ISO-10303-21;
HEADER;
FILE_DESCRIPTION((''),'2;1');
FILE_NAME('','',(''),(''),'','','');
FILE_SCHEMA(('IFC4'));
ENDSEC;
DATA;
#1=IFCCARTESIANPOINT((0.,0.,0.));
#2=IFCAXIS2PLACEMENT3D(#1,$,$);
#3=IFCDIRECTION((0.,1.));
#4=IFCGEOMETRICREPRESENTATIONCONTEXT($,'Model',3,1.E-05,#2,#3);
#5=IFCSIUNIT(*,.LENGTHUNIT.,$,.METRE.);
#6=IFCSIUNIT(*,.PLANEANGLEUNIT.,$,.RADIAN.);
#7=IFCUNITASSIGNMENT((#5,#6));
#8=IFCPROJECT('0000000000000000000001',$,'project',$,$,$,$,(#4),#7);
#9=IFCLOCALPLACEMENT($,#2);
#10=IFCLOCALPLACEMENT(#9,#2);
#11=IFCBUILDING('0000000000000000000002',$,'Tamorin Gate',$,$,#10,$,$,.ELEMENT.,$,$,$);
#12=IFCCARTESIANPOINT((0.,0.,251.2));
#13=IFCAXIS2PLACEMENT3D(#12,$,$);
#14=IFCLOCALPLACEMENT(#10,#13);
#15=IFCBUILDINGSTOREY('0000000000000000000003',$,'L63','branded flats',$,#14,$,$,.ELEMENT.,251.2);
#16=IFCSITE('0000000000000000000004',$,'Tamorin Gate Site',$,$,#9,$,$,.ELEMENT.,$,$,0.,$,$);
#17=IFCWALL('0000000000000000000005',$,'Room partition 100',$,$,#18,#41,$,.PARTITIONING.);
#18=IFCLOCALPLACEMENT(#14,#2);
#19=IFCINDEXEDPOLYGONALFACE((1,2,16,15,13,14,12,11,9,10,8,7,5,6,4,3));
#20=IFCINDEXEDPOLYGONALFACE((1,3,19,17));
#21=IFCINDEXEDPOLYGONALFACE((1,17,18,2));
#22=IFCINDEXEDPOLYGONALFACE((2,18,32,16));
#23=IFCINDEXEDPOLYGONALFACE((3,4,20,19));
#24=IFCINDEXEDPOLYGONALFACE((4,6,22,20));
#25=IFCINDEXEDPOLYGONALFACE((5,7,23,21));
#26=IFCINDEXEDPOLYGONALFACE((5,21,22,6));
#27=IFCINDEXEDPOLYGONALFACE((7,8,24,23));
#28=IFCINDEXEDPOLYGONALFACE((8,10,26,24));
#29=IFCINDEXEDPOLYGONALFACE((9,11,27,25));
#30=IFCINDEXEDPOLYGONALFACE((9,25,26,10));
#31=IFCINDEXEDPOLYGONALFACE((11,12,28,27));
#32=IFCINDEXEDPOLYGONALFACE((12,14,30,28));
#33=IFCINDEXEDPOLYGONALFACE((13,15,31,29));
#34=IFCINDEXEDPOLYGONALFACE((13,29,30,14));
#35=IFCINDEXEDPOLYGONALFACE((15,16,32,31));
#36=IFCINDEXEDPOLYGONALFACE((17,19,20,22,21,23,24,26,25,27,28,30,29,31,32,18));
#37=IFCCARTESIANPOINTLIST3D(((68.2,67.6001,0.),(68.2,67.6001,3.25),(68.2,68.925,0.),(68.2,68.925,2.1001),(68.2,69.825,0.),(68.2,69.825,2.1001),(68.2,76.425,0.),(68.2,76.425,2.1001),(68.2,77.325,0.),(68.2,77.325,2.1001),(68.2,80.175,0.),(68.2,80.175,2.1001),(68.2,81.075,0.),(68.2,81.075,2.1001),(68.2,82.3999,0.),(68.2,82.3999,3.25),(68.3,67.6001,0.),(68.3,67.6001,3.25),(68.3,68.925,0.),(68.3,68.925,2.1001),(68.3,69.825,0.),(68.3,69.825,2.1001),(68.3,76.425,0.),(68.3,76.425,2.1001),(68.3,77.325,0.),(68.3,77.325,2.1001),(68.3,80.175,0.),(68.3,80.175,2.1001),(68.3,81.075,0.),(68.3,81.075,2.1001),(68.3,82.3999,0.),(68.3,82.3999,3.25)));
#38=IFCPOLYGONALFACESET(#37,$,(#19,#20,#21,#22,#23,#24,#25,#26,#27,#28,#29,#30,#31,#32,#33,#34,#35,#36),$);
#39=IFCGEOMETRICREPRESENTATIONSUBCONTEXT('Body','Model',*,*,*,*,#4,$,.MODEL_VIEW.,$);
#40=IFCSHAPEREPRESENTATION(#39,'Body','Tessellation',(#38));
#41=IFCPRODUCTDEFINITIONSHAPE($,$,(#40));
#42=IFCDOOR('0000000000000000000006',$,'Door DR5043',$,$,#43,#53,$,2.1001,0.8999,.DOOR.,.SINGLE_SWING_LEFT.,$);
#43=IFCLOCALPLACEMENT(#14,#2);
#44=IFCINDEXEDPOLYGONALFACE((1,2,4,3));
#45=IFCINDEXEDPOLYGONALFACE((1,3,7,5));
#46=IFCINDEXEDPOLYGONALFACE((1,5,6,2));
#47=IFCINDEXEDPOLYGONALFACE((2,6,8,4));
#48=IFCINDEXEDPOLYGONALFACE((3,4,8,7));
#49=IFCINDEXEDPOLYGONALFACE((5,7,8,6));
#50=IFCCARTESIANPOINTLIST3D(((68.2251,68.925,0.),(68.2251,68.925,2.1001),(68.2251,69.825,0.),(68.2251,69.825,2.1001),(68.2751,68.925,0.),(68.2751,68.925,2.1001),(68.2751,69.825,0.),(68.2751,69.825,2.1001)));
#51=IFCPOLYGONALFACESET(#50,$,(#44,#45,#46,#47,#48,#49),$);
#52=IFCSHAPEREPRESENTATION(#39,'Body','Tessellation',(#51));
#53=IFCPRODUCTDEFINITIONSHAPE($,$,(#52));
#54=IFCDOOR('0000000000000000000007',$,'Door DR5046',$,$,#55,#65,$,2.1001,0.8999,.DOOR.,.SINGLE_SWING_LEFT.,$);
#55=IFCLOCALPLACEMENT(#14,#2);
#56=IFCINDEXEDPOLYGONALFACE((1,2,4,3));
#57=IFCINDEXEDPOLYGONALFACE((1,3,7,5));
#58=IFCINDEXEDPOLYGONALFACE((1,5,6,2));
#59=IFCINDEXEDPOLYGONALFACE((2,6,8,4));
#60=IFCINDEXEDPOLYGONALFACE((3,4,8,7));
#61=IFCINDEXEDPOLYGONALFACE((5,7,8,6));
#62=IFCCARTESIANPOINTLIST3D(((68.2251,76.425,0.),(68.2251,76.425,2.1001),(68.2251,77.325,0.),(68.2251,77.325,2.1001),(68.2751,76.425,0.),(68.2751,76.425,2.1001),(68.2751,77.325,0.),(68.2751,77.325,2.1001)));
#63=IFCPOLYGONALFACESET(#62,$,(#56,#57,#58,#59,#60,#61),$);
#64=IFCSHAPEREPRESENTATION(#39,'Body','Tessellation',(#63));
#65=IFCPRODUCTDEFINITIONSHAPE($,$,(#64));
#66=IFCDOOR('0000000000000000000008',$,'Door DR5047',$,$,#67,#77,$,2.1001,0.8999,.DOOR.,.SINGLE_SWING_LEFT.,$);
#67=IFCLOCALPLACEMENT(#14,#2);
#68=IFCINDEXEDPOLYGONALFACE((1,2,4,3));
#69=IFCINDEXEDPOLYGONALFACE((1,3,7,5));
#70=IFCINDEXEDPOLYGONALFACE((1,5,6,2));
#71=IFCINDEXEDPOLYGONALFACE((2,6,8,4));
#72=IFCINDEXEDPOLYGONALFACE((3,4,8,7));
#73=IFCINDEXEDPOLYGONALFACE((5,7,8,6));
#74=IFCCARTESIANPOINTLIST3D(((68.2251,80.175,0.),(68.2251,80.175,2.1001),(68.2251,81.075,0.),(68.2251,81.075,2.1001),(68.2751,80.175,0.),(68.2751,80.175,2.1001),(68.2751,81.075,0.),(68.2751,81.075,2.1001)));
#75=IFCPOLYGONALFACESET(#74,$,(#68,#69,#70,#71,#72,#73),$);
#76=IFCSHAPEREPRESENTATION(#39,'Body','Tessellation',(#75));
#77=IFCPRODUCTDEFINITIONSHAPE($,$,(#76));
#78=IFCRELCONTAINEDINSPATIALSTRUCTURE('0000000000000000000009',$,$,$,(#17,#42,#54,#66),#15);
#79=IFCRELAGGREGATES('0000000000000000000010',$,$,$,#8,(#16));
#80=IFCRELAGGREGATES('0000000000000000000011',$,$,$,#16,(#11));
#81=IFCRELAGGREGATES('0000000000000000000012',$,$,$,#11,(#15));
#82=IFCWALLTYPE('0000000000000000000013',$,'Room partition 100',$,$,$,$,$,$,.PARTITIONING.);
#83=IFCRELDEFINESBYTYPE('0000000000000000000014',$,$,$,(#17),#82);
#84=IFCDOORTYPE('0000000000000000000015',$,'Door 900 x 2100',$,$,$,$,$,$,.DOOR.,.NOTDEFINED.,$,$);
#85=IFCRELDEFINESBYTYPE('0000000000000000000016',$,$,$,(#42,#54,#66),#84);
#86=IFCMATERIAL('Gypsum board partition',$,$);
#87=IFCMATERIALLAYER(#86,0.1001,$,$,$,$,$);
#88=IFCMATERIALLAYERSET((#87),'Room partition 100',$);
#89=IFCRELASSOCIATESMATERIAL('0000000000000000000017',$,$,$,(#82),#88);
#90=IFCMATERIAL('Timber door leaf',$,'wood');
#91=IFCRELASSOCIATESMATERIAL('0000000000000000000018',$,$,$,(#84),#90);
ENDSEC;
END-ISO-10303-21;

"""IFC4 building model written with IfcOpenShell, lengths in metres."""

from ifc_helpers import new_model, si_unit, direction, frame, frame_2d, origin, place, context, subcontext, project, spatial, rectangle, extrude, material, layer, layer_set, type_object, element, fill, save


model = new_model("IFC4")

# Units and contexts
model_context = context("Model", 3, precision=1e-05, world=origin(), true_north=direction((0.0, 1.0)))
body_context = subcontext(model_context, "Body", "Model", "MODEL_VIEW")
ifc_project = project(units=[si_unit("LENGTHUNIT", "METRE"), si_unit("PLANEANGLEUNIT", "RADIAN")], contexts=[model_context])

# Site, building, storey
site_placement = place(None, origin())
site = spatial("IfcSite", under=ifc_project, at=site_placement, Name="Tamorin Gate Site", CompositionType="ELEMENT", RefElevation=0.0)
building_placement = place(site_placement, origin())
building = spatial("IfcBuilding", under=site, at=building_placement, Name="Tamorin Gate", CompositionType="ELEMENT")
storey_placement = place(building_placement, frame((0.0, 0.0, 251.2)))
storey = spatial("IfcBuildingStorey", under=building, at=storey_placement, Name="L63", Description="branded flats", CompositionType="ELEMENT", Elevation=251.2)

# Shared definitions
ifc_material_1 = material(Name="Gypsum board partition")
ifc_layer_1 = layer(ifc_material_1, 0.1001)
ifc_layer_set_1 = layer_set([ifc_layer_1], Name="Room partition 100")
wall_type_1 = type_object("IfcWallType", Name="Room partition 100", PredefinedType="PARTITIONING", material=ifc_layer_set_1)
ifc_material_2 = material(Name="Timber door leaf", Category="wood")
door_type = type_object("IfcDoorType", Name="Door 900 x 2100", OperationType="NOTDEFINED", PredefinedType="DOOR", material=ifc_material_2)

# Wall, openings, doors
wall_1_placement = place(storey_placement, frame((68.25, 67.6001, 0.0), z_axis=(0.0, 0.0, 1.0), x_axis=(0.0, 1.0, 0.0)))
wall_1 = element("IfcWall", 1, at=wall_1_placement, inside=storey, type_object=wall_type_1, Name="Room partition 100", PredefinedType="PARTITIONING", context=body_context, shape_type="SweptSolid", body=[
    extrude(rectangle(XDim=14.7998, YDim=0.1001, at=frame_2d((7.3999, 0.0))), origin(), (0.0, 0.0, 1.0), 3.25),
])
opening_1_placement = place(wall_1_placement, frame((1.325, 0.0, 0.0)))
opening_1 = element("IfcOpeningElement", 2, at=opening_1_placement, cuts=wall_1, PredefinedType="OPENING", context=body_context, shape_type="SweptSolid", body=[
    extrude(rectangle(XDim=0.8999, YDim=2.1001, at=frame_2d((0.45, 1.05))), frame((0.0, 0.0601, 0.0), z_axis=(0.0, -1.0, 0.0), x_axis=(1.0, 0.0, 0.0)), (0.0, 0.0, 1.0), 0.1201),
])
opening_2_placement = place(wall_1_placement, frame((8.825, 0.0, 0.0)))
opening_2 = element("IfcOpeningElement", 3, at=opening_2_placement, cuts=wall_1, PredefinedType="OPENING", context=body_context, shape_type="SweptSolid", body=[
    extrude(rectangle(XDim=0.8999, YDim=2.1001, at=frame_2d((0.45, 1.05))), frame((0.0, 0.0601, 0.0), z_axis=(0.0, -1.0, 0.0), x_axis=(1.0, 0.0, 0.0)), (0.0, 0.0, 1.0), 0.1201),
])
opening_3_placement = place(wall_1_placement, frame((12.575, 0.0, 0.0)))
opening_3 = element("IfcOpeningElement", 4, at=opening_3_placement, cuts=wall_1, PredefinedType="OPENING", context=body_context, shape_type="SweptSolid", body=[
    extrude(rectangle(XDim=0.8999, YDim=2.1001, at=frame_2d((0.45, 1.05))), frame((0.0, 0.0601, 0.0), z_axis=(0.0, -1.0, 0.0), x_axis=(1.0, 0.0, 0.0)), (0.0, 0.0, 1.0), 0.1201),
])
door_1_placement = place(opening_1_placement, origin())
door_1 = element("IfcDoor", 5, at=door_1_placement, inside=storey, type_object=door_type, Name="Door DR5043", OperationType="SINGLE_SWING_LEFT", OverallHeight=2.1001, OverallWidth=0.8999, PredefinedType="DOOR", context=body_context, shape_type="SweptSolid", body=[
    extrude(rectangle(XDim=0.8999, YDim=2.1001, at=frame_2d((0.45, 1.05))), frame((0.0, 0.0249, 0.0), z_axis=(0.0, -1.0, 0.0), x_axis=(1.0, 0.0, 0.0)), (0.0, 0.0, 1.0), 0.05),
])
fill(opening_1, door_1)
door_2_placement = place(opening_2_placement, origin())
door_2 = element("IfcDoor", 6, at=door_2_placement, inside=storey, type_object=door_type, Name="Door DR5046", OperationType="SINGLE_SWING_LEFT", OverallHeight=2.1001, OverallWidth=0.8999, PredefinedType="DOOR", context=body_context, shape_type="SweptSolid", body=[
    extrude(rectangle(XDim=0.8999, YDim=2.1001, at=frame_2d((0.45, 1.05))), frame((0.0, 0.0249, 0.0), z_axis=(0.0, -1.0, 0.0), x_axis=(1.0, 0.0, 0.0)), (0.0, 0.0, 1.0), 0.05),
])
fill(opening_2, door_2)
door_3_placement = place(opening_3_placement, origin())
door_3 = element("IfcDoor", 7, at=door_3_placement, inside=storey, type_object=door_type, Name="Door DR5047", OperationType="SINGLE_SWING_LEFT", OverallHeight=2.1001, OverallWidth=0.8999, PredefinedType="DOOR", context=body_context, shape_type="SweptSolid", body=[
    extrude(rectangle(XDim=0.8999, YDim=2.1001, at=frame_2d((0.45, 1.05))), frame((0.0, 0.0249, 0.0), z_axis=(0.0, -1.0, 0.0), x_axis=(1.0, 0.0, 0.0)), (0.0, 0.0, 1.0), 0.05),
])
fill(opening_3, door_3)

save(model, "model.ifc")
